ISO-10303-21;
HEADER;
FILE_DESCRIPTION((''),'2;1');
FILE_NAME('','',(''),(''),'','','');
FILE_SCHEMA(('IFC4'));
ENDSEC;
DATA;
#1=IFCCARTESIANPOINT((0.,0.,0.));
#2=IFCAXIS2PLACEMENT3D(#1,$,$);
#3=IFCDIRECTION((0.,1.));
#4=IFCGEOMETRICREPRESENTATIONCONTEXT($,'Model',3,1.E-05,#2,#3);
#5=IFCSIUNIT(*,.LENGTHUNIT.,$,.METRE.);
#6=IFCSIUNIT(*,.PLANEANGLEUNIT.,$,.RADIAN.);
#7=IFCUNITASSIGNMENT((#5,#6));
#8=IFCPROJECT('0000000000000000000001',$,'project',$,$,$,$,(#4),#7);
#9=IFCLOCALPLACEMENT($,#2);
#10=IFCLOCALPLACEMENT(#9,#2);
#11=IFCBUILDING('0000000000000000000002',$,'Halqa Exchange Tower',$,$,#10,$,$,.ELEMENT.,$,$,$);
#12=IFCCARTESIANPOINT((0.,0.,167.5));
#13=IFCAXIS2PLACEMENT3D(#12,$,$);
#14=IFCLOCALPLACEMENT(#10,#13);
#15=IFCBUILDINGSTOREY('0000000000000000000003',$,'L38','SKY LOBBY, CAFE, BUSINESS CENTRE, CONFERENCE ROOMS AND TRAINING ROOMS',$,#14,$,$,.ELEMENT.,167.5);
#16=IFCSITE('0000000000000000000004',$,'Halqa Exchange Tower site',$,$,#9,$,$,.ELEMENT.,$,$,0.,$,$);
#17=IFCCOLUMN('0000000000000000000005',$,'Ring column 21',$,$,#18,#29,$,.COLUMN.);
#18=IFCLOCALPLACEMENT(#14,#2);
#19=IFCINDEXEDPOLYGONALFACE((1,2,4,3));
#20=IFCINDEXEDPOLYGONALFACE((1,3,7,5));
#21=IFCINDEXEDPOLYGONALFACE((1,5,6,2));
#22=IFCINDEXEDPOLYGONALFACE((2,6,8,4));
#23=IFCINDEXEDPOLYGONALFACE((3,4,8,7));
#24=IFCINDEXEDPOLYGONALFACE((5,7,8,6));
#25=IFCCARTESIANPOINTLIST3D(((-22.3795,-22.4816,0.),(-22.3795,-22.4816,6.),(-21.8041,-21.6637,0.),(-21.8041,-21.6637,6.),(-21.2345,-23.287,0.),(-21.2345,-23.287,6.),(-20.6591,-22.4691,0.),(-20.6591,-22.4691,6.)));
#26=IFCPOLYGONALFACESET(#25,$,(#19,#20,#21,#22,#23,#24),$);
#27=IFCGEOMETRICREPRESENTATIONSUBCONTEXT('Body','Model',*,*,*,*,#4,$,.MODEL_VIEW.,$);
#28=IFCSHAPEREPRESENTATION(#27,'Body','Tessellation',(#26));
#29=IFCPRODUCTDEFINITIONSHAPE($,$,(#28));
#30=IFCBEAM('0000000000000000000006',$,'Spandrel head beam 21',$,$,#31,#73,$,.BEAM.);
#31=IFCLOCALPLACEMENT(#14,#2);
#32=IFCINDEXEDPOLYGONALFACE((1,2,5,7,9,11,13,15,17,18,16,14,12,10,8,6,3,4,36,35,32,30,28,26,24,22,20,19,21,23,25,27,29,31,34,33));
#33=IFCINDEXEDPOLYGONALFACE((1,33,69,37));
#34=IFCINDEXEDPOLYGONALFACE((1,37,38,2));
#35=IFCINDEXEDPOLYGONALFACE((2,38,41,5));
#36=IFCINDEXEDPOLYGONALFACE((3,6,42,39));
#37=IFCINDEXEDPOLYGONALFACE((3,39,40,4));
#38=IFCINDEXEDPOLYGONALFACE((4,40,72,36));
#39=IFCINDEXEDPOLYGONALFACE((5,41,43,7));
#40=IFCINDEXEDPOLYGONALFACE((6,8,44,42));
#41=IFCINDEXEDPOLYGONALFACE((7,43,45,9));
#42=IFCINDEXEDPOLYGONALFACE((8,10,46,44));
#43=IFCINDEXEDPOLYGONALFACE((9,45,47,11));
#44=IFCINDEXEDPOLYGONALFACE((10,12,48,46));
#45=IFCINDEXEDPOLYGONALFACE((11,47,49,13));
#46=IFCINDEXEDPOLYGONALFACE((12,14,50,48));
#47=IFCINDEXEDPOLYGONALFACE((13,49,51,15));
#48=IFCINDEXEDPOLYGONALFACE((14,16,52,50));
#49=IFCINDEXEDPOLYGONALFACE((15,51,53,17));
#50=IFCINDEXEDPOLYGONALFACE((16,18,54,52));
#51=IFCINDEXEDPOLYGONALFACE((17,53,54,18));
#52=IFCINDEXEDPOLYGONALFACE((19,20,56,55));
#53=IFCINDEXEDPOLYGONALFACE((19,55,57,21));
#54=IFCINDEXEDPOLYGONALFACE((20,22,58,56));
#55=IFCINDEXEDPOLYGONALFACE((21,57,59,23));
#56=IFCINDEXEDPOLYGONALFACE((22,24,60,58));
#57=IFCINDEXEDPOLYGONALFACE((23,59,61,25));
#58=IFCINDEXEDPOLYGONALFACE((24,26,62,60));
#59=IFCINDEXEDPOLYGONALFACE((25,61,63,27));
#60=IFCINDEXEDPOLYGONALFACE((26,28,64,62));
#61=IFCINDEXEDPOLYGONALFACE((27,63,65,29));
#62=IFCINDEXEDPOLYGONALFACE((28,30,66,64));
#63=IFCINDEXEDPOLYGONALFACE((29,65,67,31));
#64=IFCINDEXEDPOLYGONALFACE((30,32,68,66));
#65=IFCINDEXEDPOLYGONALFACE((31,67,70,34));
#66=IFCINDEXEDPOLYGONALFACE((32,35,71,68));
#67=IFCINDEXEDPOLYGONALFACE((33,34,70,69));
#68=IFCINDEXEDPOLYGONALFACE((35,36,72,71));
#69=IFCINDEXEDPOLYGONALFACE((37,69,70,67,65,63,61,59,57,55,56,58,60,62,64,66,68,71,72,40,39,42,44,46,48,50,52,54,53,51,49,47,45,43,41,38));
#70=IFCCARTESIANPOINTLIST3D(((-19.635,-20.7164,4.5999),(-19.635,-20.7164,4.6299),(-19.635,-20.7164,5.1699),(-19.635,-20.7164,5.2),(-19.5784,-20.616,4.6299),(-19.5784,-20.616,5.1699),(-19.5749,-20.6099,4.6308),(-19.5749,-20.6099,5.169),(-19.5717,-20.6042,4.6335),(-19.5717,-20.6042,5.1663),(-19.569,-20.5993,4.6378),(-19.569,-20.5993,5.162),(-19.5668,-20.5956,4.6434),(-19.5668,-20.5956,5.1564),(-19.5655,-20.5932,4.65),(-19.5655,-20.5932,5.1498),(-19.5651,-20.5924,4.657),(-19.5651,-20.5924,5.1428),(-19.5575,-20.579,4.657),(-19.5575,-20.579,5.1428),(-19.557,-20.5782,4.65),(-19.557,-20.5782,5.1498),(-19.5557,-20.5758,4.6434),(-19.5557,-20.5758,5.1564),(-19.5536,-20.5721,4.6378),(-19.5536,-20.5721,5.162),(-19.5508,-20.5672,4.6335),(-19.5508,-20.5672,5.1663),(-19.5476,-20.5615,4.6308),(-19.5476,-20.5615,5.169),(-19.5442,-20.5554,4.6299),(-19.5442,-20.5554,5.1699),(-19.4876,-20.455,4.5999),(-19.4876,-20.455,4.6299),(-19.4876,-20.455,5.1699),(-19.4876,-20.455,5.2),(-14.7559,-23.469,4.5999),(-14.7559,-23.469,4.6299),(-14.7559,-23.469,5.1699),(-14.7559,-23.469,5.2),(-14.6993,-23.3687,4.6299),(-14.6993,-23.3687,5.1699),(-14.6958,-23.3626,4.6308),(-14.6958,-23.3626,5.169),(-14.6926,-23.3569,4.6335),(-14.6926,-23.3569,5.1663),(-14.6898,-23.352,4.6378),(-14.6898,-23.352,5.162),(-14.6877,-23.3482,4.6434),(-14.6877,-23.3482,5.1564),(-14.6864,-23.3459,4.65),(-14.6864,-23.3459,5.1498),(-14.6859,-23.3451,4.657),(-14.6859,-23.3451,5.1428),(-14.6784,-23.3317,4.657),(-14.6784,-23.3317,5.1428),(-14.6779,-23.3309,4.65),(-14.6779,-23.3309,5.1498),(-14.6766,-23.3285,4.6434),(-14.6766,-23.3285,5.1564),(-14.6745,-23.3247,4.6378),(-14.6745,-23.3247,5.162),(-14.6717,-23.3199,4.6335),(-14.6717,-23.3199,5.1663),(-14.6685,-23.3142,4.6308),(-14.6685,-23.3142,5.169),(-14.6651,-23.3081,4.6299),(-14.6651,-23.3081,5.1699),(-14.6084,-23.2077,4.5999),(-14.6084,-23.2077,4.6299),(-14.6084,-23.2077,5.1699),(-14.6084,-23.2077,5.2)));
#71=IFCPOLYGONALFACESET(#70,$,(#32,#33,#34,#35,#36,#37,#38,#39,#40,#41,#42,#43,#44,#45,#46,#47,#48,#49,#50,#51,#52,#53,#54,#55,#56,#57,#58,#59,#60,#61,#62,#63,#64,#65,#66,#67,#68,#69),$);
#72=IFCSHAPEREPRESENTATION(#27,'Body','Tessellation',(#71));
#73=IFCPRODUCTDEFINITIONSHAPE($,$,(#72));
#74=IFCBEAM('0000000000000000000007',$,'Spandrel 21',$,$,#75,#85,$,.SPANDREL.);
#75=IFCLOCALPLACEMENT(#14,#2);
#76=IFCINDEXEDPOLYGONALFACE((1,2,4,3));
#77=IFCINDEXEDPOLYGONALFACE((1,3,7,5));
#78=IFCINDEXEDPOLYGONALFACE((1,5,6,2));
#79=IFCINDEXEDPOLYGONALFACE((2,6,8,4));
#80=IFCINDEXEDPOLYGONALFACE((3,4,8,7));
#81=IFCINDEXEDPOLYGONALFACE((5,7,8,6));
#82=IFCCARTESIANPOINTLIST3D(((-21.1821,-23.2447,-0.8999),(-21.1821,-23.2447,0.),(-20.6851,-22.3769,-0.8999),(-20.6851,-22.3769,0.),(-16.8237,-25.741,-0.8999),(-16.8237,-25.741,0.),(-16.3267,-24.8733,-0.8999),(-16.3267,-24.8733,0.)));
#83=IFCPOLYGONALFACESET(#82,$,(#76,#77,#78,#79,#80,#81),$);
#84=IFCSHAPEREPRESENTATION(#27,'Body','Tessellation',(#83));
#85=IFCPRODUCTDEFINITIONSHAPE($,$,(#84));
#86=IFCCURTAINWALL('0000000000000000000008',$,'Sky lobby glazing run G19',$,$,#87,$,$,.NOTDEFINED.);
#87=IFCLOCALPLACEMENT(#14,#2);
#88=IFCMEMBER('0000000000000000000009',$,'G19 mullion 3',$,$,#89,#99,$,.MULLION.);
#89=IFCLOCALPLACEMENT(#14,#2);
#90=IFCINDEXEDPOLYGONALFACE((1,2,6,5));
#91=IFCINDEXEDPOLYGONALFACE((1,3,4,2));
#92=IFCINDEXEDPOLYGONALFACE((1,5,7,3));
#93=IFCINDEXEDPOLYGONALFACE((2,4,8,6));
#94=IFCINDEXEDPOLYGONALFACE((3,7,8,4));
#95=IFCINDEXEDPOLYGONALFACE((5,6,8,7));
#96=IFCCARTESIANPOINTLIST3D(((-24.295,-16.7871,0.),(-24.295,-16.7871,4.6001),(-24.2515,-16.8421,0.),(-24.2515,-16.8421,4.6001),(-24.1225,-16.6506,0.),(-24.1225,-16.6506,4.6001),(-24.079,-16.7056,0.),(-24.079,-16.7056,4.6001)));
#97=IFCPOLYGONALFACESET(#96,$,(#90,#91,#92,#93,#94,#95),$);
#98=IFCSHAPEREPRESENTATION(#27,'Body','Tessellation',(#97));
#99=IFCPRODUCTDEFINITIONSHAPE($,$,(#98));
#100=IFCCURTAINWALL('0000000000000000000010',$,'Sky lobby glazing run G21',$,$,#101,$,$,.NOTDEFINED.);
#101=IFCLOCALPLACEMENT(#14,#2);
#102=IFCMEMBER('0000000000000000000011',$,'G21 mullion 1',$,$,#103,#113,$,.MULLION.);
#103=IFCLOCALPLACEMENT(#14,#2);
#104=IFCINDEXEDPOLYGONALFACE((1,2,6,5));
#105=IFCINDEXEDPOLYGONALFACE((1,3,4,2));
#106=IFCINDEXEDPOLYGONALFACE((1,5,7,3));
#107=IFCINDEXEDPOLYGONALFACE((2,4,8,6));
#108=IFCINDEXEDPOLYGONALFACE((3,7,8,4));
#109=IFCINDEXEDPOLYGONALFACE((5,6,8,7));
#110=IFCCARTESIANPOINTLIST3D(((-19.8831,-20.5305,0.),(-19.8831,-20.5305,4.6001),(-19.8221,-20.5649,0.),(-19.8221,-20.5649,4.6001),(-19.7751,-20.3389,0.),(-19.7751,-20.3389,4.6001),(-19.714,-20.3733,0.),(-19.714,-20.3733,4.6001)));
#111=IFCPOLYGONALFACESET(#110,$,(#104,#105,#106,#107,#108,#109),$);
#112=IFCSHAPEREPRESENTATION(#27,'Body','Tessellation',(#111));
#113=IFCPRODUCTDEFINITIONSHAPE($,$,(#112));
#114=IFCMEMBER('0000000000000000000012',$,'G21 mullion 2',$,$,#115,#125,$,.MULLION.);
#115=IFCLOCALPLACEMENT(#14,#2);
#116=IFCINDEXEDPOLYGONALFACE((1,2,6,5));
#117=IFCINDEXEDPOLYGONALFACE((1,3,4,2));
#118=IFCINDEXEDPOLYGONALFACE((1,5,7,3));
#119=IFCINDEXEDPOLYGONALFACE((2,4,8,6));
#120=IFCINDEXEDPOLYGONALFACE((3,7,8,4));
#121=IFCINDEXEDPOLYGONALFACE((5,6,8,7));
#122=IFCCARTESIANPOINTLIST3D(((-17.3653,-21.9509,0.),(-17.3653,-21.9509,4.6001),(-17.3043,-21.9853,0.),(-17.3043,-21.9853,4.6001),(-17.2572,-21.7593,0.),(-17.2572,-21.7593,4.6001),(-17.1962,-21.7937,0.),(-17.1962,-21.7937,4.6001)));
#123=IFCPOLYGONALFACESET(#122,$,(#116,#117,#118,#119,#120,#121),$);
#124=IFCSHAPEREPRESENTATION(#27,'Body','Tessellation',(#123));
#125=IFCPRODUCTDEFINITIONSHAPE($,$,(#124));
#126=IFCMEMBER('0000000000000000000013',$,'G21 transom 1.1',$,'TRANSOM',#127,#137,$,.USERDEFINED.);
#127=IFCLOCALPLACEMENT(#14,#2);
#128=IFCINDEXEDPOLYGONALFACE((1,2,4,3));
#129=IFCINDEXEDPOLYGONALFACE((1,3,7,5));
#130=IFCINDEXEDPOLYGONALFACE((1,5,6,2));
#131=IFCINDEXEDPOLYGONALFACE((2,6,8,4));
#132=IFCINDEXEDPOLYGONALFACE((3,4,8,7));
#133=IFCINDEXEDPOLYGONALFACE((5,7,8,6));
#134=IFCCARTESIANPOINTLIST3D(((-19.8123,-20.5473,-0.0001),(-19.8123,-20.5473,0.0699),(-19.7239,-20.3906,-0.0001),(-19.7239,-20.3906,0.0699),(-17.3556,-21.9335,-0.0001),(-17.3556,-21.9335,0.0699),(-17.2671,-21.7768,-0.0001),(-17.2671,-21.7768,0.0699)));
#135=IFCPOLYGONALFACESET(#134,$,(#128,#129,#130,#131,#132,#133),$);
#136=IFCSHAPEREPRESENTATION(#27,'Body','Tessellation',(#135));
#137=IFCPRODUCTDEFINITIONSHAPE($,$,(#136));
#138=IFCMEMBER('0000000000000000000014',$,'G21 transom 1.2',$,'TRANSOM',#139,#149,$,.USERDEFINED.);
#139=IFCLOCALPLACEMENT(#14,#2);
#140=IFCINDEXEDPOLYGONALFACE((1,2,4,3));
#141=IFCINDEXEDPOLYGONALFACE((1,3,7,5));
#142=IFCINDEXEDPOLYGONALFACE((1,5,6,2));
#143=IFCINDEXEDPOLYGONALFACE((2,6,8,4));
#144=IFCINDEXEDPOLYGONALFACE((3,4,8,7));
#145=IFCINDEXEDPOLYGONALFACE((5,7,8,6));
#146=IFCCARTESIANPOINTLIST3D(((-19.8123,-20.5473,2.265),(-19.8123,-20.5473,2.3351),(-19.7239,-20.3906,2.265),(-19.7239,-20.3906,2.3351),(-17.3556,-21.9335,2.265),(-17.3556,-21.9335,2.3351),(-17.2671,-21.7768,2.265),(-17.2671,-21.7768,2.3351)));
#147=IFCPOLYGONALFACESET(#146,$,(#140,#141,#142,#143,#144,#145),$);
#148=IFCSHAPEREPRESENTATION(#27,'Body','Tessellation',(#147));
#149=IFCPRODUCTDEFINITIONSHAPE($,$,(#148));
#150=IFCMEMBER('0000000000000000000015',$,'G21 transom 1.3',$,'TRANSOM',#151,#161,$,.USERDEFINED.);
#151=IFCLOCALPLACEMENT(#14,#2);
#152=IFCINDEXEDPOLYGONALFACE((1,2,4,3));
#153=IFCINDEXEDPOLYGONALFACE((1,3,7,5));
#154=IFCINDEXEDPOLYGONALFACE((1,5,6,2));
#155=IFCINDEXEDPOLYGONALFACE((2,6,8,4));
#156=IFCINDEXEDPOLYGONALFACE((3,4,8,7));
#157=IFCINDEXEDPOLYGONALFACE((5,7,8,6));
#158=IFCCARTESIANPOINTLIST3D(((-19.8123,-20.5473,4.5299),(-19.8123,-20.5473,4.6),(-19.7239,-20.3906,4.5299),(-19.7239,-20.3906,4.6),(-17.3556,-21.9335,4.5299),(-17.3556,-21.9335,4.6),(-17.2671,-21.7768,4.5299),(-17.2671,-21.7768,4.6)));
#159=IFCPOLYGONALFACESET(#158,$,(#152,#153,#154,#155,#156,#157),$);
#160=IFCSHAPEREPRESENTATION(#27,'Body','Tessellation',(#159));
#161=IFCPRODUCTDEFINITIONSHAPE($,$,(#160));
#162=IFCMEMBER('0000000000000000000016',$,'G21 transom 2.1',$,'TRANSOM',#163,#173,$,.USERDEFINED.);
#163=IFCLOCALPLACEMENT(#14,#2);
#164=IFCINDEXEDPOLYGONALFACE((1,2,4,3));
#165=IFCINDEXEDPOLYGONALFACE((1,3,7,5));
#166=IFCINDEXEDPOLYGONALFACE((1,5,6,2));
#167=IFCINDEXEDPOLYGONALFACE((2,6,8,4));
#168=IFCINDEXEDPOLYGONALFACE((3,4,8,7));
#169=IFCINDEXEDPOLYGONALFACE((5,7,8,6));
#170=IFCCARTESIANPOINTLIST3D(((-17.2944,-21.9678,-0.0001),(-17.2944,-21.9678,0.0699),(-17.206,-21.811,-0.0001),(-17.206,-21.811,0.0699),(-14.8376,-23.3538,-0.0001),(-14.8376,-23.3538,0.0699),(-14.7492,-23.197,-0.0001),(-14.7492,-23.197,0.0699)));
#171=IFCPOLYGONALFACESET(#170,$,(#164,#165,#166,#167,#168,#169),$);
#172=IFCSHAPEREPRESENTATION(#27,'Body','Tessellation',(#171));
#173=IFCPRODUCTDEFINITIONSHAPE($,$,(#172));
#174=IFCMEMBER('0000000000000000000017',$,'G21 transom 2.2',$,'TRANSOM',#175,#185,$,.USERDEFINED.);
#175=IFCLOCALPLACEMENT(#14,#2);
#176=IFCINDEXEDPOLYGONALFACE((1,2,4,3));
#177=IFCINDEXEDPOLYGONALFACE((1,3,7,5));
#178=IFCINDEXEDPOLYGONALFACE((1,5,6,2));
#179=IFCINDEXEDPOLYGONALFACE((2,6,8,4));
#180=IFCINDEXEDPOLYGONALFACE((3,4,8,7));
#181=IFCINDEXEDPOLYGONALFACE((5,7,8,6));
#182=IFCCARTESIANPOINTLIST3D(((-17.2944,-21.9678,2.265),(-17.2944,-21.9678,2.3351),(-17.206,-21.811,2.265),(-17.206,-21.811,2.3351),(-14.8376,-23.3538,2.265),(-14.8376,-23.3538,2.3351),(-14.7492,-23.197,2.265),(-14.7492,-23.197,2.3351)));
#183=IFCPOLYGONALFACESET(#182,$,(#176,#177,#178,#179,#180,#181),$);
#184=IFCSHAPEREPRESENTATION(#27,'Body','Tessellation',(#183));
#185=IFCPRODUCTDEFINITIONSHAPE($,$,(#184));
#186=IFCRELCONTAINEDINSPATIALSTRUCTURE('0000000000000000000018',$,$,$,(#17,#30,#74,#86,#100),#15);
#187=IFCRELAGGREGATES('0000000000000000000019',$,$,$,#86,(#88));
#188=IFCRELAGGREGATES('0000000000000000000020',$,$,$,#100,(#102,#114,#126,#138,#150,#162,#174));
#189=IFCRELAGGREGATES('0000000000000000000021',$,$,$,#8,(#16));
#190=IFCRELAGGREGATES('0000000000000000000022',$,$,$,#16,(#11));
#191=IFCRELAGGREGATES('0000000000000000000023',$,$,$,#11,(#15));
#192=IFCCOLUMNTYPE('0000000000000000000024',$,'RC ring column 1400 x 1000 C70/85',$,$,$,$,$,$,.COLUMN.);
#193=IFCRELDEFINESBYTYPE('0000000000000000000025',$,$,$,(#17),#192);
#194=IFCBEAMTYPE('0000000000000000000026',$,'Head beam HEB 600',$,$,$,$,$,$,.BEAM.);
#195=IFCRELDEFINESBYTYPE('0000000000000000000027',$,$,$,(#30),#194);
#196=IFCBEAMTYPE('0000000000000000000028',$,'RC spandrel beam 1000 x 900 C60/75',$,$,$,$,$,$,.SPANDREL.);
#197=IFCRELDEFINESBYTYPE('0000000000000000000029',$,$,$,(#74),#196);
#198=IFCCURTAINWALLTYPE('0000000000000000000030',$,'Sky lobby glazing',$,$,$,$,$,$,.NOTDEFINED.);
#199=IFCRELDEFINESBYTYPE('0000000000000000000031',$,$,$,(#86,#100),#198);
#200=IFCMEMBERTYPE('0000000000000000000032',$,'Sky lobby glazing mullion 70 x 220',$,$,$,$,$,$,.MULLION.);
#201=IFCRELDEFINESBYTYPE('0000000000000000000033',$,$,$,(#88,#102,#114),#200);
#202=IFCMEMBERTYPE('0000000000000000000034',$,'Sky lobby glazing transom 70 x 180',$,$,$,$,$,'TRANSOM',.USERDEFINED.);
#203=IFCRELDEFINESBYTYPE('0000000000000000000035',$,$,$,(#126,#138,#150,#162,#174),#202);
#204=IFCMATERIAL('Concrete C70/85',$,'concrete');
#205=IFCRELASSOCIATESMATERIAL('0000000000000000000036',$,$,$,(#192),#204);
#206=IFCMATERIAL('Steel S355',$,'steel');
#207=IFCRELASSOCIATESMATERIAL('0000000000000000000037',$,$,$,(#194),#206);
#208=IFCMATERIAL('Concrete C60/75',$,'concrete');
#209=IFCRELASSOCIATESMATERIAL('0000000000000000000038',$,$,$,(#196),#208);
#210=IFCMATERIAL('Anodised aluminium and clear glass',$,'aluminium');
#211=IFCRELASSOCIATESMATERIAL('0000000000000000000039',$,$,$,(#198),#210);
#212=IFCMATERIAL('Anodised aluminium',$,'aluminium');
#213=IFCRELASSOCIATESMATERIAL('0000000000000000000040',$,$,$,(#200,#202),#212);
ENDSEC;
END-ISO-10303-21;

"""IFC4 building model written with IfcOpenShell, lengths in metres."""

from ifc_helpers import new_model, si_unit, direction, frame, origin, origin_2d, place, context, subcontext, project, spatial, rectangle, i_section, extrude, material, material_profile, profile_set, type_object, element, aggregate, save


model = new_model("IFC4")

# Units and contexts
model_context = context("Model", 3, precision=1e-05, world=origin(), true_north=direction((0.0, 1.0)))
body_context = subcontext(model_context, "Body", "Model", "MODEL_VIEW")
ifc_project = project(units=[si_unit("LENGTHUNIT", "METRE"), si_unit("PLANEANGLEUNIT", "RADIAN")], contexts=[model_context])

# Site, building, storey
site_placement = place(None, origin())
site = spatial("IfcSite", under=ifc_project, at=site_placement, Name="Halqa Exchange Tower site", CompositionType="ELEMENT", RefElevation=0.0)
building_placement = place(site_placement, origin())
building = spatial("IfcBuilding", under=site, at=building_placement, Name="Halqa Exchange Tower", CompositionType="ELEMENT")
storey_placement = place(building_placement, frame((0.0, 0.0, 167.5)))
storey = spatial("IfcBuildingStorey", under=building, at=storey_placement, Name="L38", Description="SKY LOBBY, CAFE, BUSINESS CENTRE, CONFERENCE ROOMS AND TRAINING ROOMS", CompositionType="ELEMENT", Elevation=167.5)

# Column
ifc_material_1 = material(Name="Concrete C70/85", Category="concrete")
ifc_material_profile_1 = material_profile(ifc_material_1, rectangle(XDim=1.3999, YDim=1.0, at=origin_2d()), Name="1400 x 1000")
ifc_profile_set_1 = profile_set([ifc_material_profile_1], Name="Concrete C70/85")
column_type = type_object("IfcColumnType", Name="RC ring column 1400 x 1000 C70/85", PredefinedType="COLUMN", material=ifc_profile_set_1)
column_placement = place(storey_placement, frame((-21.5193, -22.4753, 0.0), z_axis=(0.0, 0.0, 1.0), x_axis=(0.817911, -0.575345, 0.0)))
element("IfcColumn", 1, at=column_placement, inside=storey, type_object=column_type, Name="Ring column 21", PredefinedType="COLUMN", context=body_context, shape_type="SweptSolid", body=[
    extrude(rectangle(XDim=1.3999, YDim=1.0, at=origin_2d()), origin(), (0.0, 0.0, 1.0), 6.0),
])

# Beams
ifc_material_2 = material(Name="Steel S355", Category="steel")
ifc_material_profile_2 = material_profile(ifc_material_2, i_section(OverallWidth=0.3, OverallDepth=0.6001, WebThickness=0.0154, FlangeThickness=0.03, FilletRadius=0.0271, at=origin_2d()), Name="HEB 600")
ifc_profile_set_2 = profile_set([ifc_material_profile_2], Name="Steel S355")
beam_type_1 = type_object("IfcBeamType", Name="Head beam HEB 600", PredefinedType="BEAM", material=ifc_profile_set_2)
beam_1_placement = place(storey_placement, frame((-19.5613, -20.5857, 4.8999), z_axis=(0.870952, -0.491368, 0.0), x_axis=(0.491368, 0.870952, 0.0)))
element("IfcBeam", 2, at=beam_1_placement, inside=storey, type_object=beam_type_1, Name="Spandrel head beam 21", PredefinedType="BEAM", context=body_context, shape_type="SweptSolid", body=[
    extrude(i_section(OverallWidth=0.3, OverallDepth=0.6001, WebThickness=0.0154, FlangeThickness=0.03, FilletRadius=0.0271, at=origin_2d()), origin(), (0.0, 0.0, 1.0), 5.6021),
])
ifc_material_3 = material(Name="Concrete C60/75", Category="concrete")
ifc_material_profile_3 = material_profile(ifc_material_3, rectangle(XDim=1.0, YDim=0.8999, at=origin_2d()), Name="1000 x 900")
ifc_profile_set_3 = profile_set([ifc_material_profile_3], Name="Concrete C60/75")
beam_type_2 = type_object("IfcBeamType", Name="RC spandrel beam 1000 x 900 C60/75", PredefinedType="SPANDREL", material=ifc_profile_set_3)
beam_2_placement = place(storey_placement, frame((-20.9336, -22.8108, -0.45), z_axis=(0.867743, -0.497013, 0.0), x_axis=(0.497013, 0.867743, 0.0)))
element("IfcBeam", 3, at=beam_2_placement, inside=storey, type_object=beam_type_2, Name="Spandrel 21", PredefinedType="SPANDREL", context=body_context, shape_type="SweptSolid", body=[
    extrude(rectangle(XDim=1.0, YDim=0.8999, at=origin_2d()), origin(), (0.0, 0.0, 1.0), 5.0227),
])

# Curtain wall, member
ifc_material_4 = material(Name="Anodised aluminium and clear glass", Category="aluminium")
curtain_wall_type = type_object("IfcCurtainWallType", Name="Sky lobby glazing", PredefinedType="NOTDEFINED", material=ifc_material_4)
curtain_wall_1_placement = place(storey_placement, origin())
curtain_wall_1 = element("IfcCurtainWall", 4, at=curtain_wall_1_placement, inside=storey, type_object=curtain_wall_type, Name="Sky lobby glazing run G19", PredefinedType="NOTDEFINED")
ifc_material_5 = material(Name="Anodised aluminium", Category="aluminium")
ifc_material_profile_4 = material_profile(ifc_material_5, rectangle(XDim=0.22, YDim=0.0701, at=origin_2d()), Name="AL 70x220")
ifc_profile_set_4 = profile_set([ifc_material_profile_4], Name="Anodised aluminium")
member_type_1 = type_object("IfcMemberType", Name="Sky lobby glazing mullion 70 x 220", PredefinedType="MULLION", material=ifc_profile_set_4)
member_1_placement = place(storey_placement, frame((-24.187, -16.7463, 0.0), z_axis=(0.0, 0.0, 1.0), x_axis=(0.78414, 0.620584, 0.0)))
member_1 = element("IfcMember", 5, at=member_1_placement, type_object=member_type_1, Name="G19 mullion 3", PredefinedType="MULLION", context=body_context, shape_type="SweptSolid", body=[
    extrude(rectangle(XDim=0.22, YDim=0.0701, at=origin_2d()), origin(), (0.0, 0.0, 1.0), 4.6001),
])
aggregate(curtain_wall_1, [member_1])

# Curtain wall, members
curtain_wall_2_placement = place(storey_placement, origin())
curtain_wall_2 = element("IfcCurtainWall", 6, at=curtain_wall_2_placement, inside=storey, type_object=curtain_wall_type, Name="Sky lobby glazing run G21", PredefinedType="NOTDEFINED")
member_2_placement = place(storey_placement, frame((-19.7986, -20.4519, 0.0), z_axis=(0.0, 0.0, 1.0), x_axis=(0.491354, 0.87096, 0.0)))
member_2 = element("IfcMember", 7, at=member_2_placement, type_object=member_type_1, Name="G21 mullion 1", PredefinedType="MULLION", context=body_context, shape_type="SweptSolid", body=[
    extrude(rectangle(XDim=0.22, YDim=0.0701, at=origin_2d()), origin(), (0.0, 0.0, 1.0), 4.6001),
])
member_3_placement = place(storey_placement, frame((-17.2808, -21.8723, 0.0), z_axis=(0.0, 0.0, 1.0), x_axis=(0.491354, 0.87096, 0.0)))
member_3 = element("IfcMember", 8, at=member_3_placement, type_object=member_type_1, Name="G21 mullion 2", PredefinedType="MULLION", context=body_context, shape_type="SweptSolid", body=[
    extrude(rectangle(XDim=0.22, YDim=0.0701, at=origin_2d()), origin(), (0.0, 0.0, 1.0), 4.6001),
])
ifc_material_profile_5 = material_profile(ifc_material_5, rectangle(XDim=0.1799, YDim=0.0701, at=origin_2d()), Name="AL 70x180")
ifc_profile_set_5 = profile_set([ifc_material_profile_5], Name="Anodised aluminium")
member_type_2 = type_object("IfcMemberType", Name="Sky lobby glazing transom 70 x 180", ElementType="TRANSOM", PredefinedType="USERDEFINED", material=ifc_profile_set_5)
member_4_placement = place(storey_placement, frame((-19.7681, -20.469, 0.0349), z_axis=(0.870925, -0.491415, 0.0), x_axis=(0.491415, 0.870925, 0.0)))
member_4 = element("IfcMember", 9, at=member_4_placement, type_object=member_type_2, Name="G21 transom 1.1", ObjectType="TRANSOM", PredefinedType="USERDEFINED", context=body_context, shape_type="SweptSolid", body=[
    extrude(rectangle(XDim=0.1799, YDim=0.0701, at=origin_2d()), origin(), (0.0, 0.0, 1.0), 2.8208),
])
member_5_placement = place(storey_placement, frame((-19.7681, -20.469, 2.3), z_axis=(0.870925, -0.491415, 0.0), x_axis=(0.491415, 0.870925, 0.0)))
member_5 = element("IfcMember", 10, at=member_5_placement, type_object=member_type_2, Name="G21 transom 1.2", ObjectType="TRANSOM", PredefinedType="USERDEFINED", context=body_context, shape_type="SweptSolid", body=[
    extrude(rectangle(XDim=0.1799, YDim=0.0701, at=origin_2d()), origin(), (0.0, 0.0, 1.0), 2.8208),
])
member_6_placement = place(storey_placement, frame((-19.7681, -20.469, 4.5649), z_axis=(0.870925, -0.491415, 0.0), x_axis=(0.491415, 0.870925, 0.0)))
member_6 = element("IfcMember", 11, at=member_6_placement, type_object=member_type_2, Name="G21 transom 1.3", ObjectType="TRANSOM", PredefinedType="USERDEFINED", context=body_context, shape_type="SweptSolid", body=[
    extrude(rectangle(XDim=0.1799, YDim=0.0701, at=origin_2d()), origin(), (0.0, 0.0, 1.0), 2.8208),
])
member_7_placement = place(storey_placement, frame((-17.2502, -21.8894, 0.0349), z_axis=(0.870962, -0.49135, 0.0), x_axis=(0.49135, 0.870962, 0.0)))
member_7 = element("IfcMember", 12, at=member_7_placement, type_object=member_type_2, Name="G21 transom 2.1", ObjectType="TRANSOM", PredefinedType="USERDEFINED", context=body_context, shape_type="SweptSolid", body=[
    extrude(rectangle(XDim=0.1799, YDim=0.0701, at=origin_2d()), origin(), (0.0, 0.0, 1.0), 2.8208),
])
member_8_placement = place(storey_placement, frame((-17.2502, -21.8894, 2.3), z_axis=(0.870962, -0.49135, 0.0), x_axis=(0.49135, 0.870962, 0.0)))
member_8 = element("IfcMember", 13, at=member_8_placement, type_object=member_type_2, Name="G21 transom 2.2", ObjectType="TRANSOM", PredefinedType="USERDEFINED", context=body_context, shape_type="SweptSolid", body=[
    extrude(rectangle(XDim=0.1799, YDim=0.0701, at=origin_2d()), origin(), (0.0, 0.0, 1.0), 2.8208),
])
aggregate(curtain_wall_2, [member_2, member_3, member_4, member_5, member_6, member_7, member_8])

save(model, "model.ifc")
